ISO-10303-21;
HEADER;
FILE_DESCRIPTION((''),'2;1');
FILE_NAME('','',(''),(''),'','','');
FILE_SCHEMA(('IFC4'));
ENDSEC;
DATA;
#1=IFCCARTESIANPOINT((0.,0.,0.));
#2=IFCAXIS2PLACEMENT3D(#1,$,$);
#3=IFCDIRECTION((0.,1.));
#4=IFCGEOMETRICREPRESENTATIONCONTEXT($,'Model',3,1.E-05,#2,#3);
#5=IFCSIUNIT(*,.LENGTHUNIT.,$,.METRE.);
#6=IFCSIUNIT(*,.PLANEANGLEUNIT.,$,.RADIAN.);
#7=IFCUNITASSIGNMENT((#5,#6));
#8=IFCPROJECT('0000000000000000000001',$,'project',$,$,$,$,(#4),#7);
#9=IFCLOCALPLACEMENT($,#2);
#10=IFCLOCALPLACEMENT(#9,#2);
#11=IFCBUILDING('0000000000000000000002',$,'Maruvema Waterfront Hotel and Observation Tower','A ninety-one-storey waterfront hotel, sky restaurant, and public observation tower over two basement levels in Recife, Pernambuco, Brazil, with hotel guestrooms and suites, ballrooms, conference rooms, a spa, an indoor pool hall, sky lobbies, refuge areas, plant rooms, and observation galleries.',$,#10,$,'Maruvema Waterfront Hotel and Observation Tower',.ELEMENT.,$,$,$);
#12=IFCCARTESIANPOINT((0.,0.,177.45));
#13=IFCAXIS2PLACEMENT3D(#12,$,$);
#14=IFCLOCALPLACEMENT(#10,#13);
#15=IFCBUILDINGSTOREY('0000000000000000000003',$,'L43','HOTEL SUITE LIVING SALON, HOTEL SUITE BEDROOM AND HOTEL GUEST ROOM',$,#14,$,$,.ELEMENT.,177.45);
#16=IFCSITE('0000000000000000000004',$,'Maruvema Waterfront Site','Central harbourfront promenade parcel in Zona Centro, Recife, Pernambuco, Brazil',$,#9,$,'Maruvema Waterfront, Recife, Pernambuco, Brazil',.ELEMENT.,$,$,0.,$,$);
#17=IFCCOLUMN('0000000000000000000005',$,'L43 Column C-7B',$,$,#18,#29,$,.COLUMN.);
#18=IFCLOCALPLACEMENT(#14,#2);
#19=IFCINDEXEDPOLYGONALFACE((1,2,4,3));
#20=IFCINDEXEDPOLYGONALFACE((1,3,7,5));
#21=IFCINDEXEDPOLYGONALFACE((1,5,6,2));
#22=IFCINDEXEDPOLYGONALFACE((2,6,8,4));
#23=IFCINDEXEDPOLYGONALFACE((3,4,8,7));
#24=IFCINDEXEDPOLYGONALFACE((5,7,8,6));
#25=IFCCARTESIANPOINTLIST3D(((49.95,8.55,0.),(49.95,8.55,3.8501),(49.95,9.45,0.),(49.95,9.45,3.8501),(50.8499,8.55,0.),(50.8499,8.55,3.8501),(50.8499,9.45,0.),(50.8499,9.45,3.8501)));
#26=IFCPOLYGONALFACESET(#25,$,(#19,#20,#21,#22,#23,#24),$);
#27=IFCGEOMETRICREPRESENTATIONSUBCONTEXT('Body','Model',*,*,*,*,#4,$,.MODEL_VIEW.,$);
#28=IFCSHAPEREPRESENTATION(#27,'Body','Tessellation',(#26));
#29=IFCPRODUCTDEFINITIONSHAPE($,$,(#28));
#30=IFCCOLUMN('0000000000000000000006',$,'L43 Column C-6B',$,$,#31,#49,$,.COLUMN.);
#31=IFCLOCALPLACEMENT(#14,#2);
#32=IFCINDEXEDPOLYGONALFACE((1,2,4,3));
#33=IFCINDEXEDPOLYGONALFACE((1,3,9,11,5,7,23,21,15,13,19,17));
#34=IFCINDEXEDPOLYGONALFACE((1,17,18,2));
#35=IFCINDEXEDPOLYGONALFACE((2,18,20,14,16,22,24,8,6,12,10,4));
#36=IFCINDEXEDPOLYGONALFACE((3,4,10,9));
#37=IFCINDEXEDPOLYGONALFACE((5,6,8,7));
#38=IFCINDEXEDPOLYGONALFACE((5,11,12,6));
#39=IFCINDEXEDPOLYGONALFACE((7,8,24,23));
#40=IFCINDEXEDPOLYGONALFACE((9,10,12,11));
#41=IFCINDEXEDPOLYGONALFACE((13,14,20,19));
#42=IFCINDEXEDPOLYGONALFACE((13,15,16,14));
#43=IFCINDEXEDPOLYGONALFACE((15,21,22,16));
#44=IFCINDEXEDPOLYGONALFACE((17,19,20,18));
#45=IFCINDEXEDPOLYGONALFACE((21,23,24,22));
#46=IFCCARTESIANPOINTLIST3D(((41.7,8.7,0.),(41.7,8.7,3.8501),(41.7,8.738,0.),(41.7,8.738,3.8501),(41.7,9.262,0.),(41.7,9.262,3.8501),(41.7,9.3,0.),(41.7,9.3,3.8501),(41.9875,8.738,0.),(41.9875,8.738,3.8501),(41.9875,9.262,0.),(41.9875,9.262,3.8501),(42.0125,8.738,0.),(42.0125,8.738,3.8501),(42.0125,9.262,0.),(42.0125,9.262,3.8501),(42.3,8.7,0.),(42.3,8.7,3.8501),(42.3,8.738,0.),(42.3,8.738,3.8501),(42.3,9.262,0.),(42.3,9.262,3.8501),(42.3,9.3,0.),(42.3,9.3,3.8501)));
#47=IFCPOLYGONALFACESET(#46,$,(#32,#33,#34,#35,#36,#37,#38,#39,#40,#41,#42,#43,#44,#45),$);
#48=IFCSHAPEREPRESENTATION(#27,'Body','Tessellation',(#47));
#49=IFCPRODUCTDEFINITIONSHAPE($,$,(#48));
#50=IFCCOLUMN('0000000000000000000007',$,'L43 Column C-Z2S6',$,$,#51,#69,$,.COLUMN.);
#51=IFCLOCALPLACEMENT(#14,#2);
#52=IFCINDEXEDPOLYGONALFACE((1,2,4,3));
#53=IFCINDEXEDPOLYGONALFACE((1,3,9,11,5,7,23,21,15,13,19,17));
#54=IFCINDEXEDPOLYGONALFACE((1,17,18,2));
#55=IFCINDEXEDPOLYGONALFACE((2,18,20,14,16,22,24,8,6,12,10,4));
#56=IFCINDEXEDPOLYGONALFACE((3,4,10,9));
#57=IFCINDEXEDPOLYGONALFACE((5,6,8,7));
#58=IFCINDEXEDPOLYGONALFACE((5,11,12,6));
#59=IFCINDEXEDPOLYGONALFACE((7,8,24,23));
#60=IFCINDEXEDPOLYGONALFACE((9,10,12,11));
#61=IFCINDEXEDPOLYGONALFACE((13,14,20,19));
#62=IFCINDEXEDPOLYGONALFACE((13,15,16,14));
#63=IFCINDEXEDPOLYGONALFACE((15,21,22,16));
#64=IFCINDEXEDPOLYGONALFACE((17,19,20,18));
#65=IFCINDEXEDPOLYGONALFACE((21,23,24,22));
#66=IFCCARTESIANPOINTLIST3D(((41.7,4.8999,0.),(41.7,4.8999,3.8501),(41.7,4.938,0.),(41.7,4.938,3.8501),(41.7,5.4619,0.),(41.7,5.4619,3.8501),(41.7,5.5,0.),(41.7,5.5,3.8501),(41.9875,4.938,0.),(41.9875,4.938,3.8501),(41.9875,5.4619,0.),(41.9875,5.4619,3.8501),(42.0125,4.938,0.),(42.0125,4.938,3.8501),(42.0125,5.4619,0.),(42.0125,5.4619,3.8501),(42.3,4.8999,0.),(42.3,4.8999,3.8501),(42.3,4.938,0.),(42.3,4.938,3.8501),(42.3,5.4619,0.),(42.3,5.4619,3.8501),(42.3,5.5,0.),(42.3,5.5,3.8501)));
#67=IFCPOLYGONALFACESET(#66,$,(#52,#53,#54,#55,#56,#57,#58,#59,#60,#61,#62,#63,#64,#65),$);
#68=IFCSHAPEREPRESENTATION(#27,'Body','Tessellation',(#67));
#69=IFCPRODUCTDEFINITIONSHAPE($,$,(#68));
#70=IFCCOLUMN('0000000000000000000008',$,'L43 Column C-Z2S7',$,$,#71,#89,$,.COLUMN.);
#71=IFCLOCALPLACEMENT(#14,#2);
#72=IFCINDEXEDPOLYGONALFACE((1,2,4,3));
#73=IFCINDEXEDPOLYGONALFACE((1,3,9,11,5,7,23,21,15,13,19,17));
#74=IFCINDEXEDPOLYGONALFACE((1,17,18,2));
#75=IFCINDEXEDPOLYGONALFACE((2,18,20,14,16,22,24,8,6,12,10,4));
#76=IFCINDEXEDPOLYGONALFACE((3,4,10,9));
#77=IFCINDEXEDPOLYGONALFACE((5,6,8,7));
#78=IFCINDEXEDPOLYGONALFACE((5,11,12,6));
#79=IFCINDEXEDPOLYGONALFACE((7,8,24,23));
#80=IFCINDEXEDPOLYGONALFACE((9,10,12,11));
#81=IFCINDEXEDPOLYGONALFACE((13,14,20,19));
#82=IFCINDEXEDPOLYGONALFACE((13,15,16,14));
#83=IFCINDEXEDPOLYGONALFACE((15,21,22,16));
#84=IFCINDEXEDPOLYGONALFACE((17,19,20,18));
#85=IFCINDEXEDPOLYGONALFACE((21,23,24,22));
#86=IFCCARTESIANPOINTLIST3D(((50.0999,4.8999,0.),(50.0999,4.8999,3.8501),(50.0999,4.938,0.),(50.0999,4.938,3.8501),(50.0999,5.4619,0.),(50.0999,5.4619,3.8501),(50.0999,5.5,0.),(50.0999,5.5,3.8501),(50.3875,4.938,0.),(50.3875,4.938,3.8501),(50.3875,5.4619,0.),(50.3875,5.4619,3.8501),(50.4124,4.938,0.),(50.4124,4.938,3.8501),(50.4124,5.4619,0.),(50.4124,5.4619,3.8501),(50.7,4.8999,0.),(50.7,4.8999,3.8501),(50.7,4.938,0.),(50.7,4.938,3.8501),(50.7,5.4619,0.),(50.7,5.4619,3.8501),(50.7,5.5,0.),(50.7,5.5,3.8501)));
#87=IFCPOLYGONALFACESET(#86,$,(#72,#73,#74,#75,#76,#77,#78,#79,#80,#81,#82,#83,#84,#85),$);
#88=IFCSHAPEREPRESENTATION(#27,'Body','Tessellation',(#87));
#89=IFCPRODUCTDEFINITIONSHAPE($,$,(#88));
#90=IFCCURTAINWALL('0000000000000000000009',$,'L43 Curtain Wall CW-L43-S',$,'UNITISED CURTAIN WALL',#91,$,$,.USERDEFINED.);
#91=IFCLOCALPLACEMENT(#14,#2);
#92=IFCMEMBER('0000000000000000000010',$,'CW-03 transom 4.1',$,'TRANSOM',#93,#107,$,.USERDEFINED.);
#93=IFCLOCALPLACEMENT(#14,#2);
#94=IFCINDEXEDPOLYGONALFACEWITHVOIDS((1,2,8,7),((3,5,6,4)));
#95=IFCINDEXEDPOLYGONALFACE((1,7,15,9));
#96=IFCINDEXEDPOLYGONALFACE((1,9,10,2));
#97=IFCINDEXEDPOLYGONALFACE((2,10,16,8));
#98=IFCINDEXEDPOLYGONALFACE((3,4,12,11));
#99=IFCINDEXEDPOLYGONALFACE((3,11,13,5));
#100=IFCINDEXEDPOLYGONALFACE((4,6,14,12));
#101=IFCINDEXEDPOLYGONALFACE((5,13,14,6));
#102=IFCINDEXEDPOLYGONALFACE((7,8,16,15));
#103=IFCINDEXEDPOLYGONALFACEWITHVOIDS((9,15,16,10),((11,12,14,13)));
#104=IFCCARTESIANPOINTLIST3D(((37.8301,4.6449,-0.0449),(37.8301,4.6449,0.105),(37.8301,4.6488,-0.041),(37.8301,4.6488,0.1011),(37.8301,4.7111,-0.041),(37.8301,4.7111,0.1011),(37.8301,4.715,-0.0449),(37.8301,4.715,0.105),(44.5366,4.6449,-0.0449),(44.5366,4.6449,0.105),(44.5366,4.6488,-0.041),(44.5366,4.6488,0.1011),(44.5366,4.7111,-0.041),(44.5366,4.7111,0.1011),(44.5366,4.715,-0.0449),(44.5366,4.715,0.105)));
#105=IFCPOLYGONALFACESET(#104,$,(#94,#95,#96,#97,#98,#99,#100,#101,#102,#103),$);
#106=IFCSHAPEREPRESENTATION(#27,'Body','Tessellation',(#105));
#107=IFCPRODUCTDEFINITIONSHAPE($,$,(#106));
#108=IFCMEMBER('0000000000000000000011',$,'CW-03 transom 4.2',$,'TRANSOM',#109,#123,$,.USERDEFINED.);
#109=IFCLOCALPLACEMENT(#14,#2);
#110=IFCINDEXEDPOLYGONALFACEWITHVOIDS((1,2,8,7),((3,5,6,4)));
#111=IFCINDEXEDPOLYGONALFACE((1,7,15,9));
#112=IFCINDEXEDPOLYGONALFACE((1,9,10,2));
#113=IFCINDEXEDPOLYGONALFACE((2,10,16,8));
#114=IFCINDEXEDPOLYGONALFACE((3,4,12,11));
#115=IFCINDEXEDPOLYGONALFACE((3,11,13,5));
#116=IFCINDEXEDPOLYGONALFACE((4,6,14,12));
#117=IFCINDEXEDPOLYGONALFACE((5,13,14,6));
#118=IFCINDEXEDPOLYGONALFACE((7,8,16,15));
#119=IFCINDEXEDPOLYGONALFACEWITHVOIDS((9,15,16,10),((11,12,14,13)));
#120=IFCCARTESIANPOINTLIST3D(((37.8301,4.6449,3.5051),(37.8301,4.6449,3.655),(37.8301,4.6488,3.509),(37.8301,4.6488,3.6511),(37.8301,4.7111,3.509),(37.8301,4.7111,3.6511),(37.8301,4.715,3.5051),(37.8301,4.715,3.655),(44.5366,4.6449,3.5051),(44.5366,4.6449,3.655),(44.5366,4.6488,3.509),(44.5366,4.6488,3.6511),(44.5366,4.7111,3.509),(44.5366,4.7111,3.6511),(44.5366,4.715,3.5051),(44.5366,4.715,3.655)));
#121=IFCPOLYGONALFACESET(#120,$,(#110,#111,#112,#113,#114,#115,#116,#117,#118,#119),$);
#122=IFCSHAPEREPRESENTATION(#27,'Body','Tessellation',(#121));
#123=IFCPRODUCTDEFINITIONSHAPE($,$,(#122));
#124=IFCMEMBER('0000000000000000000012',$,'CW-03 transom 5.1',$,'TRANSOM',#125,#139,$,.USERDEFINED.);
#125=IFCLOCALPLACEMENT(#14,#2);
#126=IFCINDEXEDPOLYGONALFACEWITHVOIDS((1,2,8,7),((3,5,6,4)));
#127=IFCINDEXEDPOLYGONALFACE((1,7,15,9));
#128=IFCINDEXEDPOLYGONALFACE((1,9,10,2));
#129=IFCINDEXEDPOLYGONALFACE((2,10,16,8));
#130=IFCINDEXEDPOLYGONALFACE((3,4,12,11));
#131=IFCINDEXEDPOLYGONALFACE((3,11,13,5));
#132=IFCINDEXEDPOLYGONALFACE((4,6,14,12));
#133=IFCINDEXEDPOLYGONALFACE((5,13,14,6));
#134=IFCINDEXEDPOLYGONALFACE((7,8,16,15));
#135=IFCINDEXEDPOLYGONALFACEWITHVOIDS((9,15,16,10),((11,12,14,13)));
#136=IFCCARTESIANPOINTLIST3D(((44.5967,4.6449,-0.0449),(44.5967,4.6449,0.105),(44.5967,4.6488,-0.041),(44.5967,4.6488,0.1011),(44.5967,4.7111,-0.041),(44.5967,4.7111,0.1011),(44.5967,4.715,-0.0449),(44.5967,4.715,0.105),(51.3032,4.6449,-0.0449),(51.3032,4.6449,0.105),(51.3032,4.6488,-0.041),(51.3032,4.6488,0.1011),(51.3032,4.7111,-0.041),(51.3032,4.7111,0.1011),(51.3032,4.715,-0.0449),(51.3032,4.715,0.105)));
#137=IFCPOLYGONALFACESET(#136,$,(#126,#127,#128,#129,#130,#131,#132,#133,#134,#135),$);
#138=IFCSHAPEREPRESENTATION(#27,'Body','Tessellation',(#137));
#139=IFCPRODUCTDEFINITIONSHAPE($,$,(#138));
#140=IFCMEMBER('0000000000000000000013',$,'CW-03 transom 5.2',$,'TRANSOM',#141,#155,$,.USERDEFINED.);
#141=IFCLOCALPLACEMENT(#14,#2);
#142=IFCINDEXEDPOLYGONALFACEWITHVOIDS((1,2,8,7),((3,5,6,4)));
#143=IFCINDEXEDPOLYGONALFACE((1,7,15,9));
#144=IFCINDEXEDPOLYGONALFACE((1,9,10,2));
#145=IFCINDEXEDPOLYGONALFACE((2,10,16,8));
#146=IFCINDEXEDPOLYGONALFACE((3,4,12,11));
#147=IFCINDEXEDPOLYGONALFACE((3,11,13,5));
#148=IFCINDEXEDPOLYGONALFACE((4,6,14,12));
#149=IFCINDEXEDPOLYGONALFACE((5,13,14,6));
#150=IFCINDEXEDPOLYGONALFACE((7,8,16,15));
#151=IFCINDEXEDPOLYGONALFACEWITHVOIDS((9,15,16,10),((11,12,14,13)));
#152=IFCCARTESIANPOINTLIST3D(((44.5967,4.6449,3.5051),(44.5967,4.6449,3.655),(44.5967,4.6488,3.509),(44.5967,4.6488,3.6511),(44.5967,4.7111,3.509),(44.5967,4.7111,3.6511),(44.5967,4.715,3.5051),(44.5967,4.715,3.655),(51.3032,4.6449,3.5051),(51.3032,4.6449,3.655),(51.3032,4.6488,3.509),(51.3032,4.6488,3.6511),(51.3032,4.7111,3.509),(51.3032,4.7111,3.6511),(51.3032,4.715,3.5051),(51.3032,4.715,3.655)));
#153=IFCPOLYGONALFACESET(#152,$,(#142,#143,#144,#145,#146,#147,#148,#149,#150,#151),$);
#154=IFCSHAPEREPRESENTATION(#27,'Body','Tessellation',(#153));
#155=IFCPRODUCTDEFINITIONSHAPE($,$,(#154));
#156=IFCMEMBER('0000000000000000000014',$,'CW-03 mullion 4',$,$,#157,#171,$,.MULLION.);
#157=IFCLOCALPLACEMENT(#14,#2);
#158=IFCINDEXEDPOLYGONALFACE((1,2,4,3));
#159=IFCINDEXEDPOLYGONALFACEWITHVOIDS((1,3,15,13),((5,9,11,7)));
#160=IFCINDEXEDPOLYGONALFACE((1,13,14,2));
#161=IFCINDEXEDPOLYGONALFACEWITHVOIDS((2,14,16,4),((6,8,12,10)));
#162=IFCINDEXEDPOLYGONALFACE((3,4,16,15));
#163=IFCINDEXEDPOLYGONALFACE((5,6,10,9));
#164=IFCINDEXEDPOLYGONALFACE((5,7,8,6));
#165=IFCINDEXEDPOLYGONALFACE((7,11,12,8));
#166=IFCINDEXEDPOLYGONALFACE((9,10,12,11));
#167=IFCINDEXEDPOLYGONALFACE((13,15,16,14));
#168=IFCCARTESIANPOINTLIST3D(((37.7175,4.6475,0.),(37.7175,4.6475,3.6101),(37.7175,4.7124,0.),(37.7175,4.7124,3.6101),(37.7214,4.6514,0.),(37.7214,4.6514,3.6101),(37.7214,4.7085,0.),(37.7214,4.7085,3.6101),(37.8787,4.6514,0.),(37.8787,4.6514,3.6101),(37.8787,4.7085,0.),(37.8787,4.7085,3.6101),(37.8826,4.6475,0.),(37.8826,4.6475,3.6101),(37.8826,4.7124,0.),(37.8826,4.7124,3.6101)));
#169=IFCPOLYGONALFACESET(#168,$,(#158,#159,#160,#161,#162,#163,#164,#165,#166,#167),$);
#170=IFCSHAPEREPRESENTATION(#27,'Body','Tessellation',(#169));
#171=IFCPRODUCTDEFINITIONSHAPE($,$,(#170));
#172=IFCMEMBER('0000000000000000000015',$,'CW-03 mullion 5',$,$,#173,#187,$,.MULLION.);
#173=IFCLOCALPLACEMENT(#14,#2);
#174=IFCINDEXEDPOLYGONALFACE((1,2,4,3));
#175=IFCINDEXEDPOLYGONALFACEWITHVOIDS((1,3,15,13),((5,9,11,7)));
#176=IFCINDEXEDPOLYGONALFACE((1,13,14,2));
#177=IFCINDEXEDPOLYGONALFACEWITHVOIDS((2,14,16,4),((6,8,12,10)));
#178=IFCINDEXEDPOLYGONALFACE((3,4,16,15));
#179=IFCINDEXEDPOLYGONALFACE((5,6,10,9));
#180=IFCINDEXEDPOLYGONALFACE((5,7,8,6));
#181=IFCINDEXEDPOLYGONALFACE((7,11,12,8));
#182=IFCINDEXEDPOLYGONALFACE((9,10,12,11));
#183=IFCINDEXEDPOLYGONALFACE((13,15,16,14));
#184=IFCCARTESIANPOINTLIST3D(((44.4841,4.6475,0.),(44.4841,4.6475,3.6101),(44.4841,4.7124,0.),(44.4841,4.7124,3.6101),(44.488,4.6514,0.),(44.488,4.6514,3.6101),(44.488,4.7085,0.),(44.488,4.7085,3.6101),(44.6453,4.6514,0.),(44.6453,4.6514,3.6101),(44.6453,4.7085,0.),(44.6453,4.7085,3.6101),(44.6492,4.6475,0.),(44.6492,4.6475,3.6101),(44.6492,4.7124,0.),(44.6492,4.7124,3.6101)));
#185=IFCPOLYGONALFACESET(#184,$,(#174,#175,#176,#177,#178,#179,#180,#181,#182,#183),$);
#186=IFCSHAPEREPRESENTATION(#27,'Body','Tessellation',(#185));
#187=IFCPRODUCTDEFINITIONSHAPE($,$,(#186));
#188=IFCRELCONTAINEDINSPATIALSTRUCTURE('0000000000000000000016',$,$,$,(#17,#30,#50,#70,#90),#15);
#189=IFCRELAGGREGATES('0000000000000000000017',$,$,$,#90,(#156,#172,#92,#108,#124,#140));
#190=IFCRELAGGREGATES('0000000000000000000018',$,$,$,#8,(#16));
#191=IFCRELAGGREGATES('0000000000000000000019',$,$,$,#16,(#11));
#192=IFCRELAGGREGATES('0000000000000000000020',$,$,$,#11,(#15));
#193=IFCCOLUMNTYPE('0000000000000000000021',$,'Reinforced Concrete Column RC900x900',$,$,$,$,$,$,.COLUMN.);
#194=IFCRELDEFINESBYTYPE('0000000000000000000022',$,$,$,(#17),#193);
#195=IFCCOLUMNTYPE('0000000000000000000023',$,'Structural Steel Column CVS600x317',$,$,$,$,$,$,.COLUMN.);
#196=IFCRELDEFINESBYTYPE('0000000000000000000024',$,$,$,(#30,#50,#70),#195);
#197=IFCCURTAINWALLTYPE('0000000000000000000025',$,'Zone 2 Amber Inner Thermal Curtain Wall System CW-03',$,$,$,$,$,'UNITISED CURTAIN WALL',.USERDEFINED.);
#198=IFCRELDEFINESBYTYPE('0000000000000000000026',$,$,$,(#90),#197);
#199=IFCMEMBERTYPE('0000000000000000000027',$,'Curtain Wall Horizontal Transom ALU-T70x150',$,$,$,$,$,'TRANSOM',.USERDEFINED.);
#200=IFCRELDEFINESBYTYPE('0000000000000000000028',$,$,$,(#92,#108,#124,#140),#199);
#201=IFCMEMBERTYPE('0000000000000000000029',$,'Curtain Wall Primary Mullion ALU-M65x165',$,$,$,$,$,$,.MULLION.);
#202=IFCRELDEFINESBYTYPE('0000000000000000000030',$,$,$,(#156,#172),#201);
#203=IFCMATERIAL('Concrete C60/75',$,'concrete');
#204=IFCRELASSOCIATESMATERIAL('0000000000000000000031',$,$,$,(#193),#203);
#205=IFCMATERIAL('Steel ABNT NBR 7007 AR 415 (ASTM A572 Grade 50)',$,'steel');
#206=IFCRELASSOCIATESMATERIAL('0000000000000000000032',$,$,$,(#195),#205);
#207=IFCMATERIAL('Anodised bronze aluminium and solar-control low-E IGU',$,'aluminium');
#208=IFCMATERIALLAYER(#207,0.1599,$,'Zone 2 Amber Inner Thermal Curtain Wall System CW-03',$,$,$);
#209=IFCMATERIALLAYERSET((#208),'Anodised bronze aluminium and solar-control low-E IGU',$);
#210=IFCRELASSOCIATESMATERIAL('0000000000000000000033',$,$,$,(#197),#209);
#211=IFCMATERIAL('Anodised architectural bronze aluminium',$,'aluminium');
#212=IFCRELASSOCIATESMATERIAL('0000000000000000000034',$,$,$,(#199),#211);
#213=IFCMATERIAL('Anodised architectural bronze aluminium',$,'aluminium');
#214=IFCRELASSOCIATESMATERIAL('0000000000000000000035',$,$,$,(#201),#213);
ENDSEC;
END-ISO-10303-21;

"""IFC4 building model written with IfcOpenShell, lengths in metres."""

from ifc_helpers import new_model, si_unit, direction, frame, origin, origin_2d, place, context, subcontext, project, spatial, rectangle, hollow_rectangle, i_section, extrude, material, layer, layer_set, material_profile, profile_set, type_object, element, aggregate, save


model = new_model("IFC4")

# Units and contexts
model_context = context("Model", 3, precision=1e-05, world=origin(), true_north=direction((0.0, 1.0)))
body_context = subcontext(model_context, "Body", "Model", "MODEL_VIEW")
ifc_project = project(units=[si_unit("LENGTHUNIT", "METRE"), si_unit("PLANEANGLEUNIT", "RADIAN")], contexts=[model_context])

# Site, building, storey
site_placement = place(None, origin())
site = spatial("IfcSite", under=ifc_project, at=site_placement, Name="Maruvema Waterfront Site", Description="Central harbourfront promenade parcel in Zona Centro, Recife, Pernambuco, Brazil", LongName="Maruvema Waterfront, Recife, Pernambuco, Brazil", CompositionType="ELEMENT", RefElevation=0.0)
building_placement = place(site_placement, origin())
building = spatial("IfcBuilding", under=site, at=building_placement, Name="Maruvema Waterfront Hotel and Observation Tower", Description="A ninety-one-storey waterfront hotel, sky restaurant, and public observation tower over two basement levels in Recife, Pernambuco, Brazil, with hotel guestrooms and suites, ballrooms, conference rooms, a spa, an indoor pool hall, sky lobbies, refuge areas, plant rooms, and observation galleries.", LongName="Maruvema Waterfront Hotel and Observation Tower", CompositionType="ELEMENT")
storey_placement = place(building_placement, frame((0.0, 0.0, 177.45)))
storey = spatial("IfcBuildingStorey", under=building, at=storey_placement, Name="L43", Description="HOTEL SUITE LIVING SALON, HOTEL SUITE BEDROOM AND HOTEL GUEST ROOM", CompositionType="ELEMENT", Elevation=177.45)

# Columns
ifc_material_1 = material(Name="Concrete C60/75", Category="concrete")
ifc_material_profile_1 = material_profile(ifc_material_1, rectangle(XDim=0.8999, YDim=0.8999, at=origin_2d()), Name="RC900x900")
ifc_profile_set_1 = profile_set([ifc_material_profile_1], Name="Concrete C60/75")
column_type_1 = type_object("IfcColumnType", Name="Reinforced Concrete Column RC900x900", PredefinedType="COLUMN", material=ifc_profile_set_1)
column_placement = place(storey_placement, frame((50.3999, 9.0, 0.0), z_axis=(0.0, 0.0, 1.0), x_axis=(1.0, 0.0, 0.0)))
element("IfcColumn", 1, at=column_placement, inside=storey, type_object=column_type_1, Name="L43 Column C-7B", PredefinedType="COLUMN", context=body_context, shape_type="SweptSolid", body=[
    extrude(rectangle(XDim=0.8999, YDim=0.8999, at=origin_2d()), origin(), (0.0, 0.0, 1.0), 3.8501),
])
ifc_material_2 = material(Name="Steel ABNT NBR 7007 AR 415 (ASTM A572 Grade 50)", Category="steel")
ifc_material_profile_2 = material_profile(ifc_material_2, i_section(OverallWidth=0.6001, OverallDepth=0.6001, WebThickness=0.0249, FlangeThickness=0.0381, at=origin_2d()), Name="CVS600x317")
ifc_profile_set_2 = profile_set([ifc_material_profile_2], Name="Steel ABNT NBR 7007 AR 415 (ASTM A572 Grade 50)")
column_type_2 = type_object("IfcColumnType", Name="Structural Steel Column CVS600x317", PredefinedType="COLUMN", material=ifc_profile_set_2)
for number, where, z_axis, x_axis, name in (
    (2, (42.0, 9.0, 0.0), (0.0, 0.0, 1.0), (1.0, 0.0, 0.0), "L43 Column C-6B"),
    (3, (42.0, 5.2, 0.0), (0.0, 0.0, 1.0), (1.0, 0.0, 0.0), "L43 Column C-Z2S6"),
    (4, (50.3999, 5.2, 0.0), (0.0, 0.0, 1.0), (1.0, 0.0, 0.0), "L43 Column C-Z2S7"),
):
    element("IfcColumn", number, at=place(storey_placement, frame(where, z_axis=z_axis, x_axis=x_axis)), inside=storey, type_object=column_type_2, Name=name, PredefinedType="COLUMN", context=body_context, shape_type="SweptSolid", body=[
        extrude(i_section(OverallWidth=0.6001, OverallDepth=0.6001, WebThickness=0.0249, FlangeThickness=0.0381, at=origin_2d()), origin(), (0.0, 0.0, 1.0), 3.8501),
    ])

# Curtain wall, members
ifc_material_3 = material(Name="Anodised bronze aluminium and solar-control low-E IGU", Category="aluminium")
ifc_layer_1 = layer(ifc_material_3, 0.1599, Name="Zone 2 Amber Inner Thermal Curtain Wall System CW-03")
ifc_layer_set_1 = layer_set([ifc_layer_1], Name="Anodised bronze aluminium and solar-control low-E IGU")
curtain_wall_type = type_object("IfcCurtainWallType", Name="Zone 2 Amber Inner Thermal Curtain Wall System CW-03", ElementType="UNITISED CURTAIN WALL", PredefinedType="USERDEFINED", material=ifc_layer_set_1)
curtain_wall_placement = place(storey_placement, origin())
curtain_wall = element("IfcCurtainWall", 5, at=curtain_wall_placement, inside=storey, type_object=curtain_wall_type, Name="L43 Curtain Wall CW-L43-S", ObjectType="UNITISED CURTAIN WALL", PredefinedType="USERDEFINED")
ifc_material_4 = material(Name="Anodised architectural bronze aluminium", Category="aluminium")
ifc_material_profile_3 = material_profile(ifc_material_4, hollow_rectangle(XDim=0.0701, YDim=0.1499, WallThickness=0.0039, at=origin_2d()), Name="ALU-T70x150")
ifc_profile_set_3 = profile_set([ifc_material_profile_3], Name="Anodised architectural bronze aluminium")
member_type_1 = type_object("IfcMemberType", Name="Curtain Wall Horizontal Transom ALU-T70x150", ElementType="TRANSOM", PredefinedType="USERDEFINED", material=ifc_profile_set_3)
member_1_placement = place(storey_placement, frame((37.8301, 4.6799, 0.03), z_axis=(1.0, 0.0, 0.0), x_axis=(0.0, 1.0, 0.0)))
member_1 = element("IfcMember", 6, at=member_1_placement, type_object=member_type_1, Name="CW-03 transom 4.1", ObjectType="TRANSOM", PredefinedType="USERDEFINED", context=body_context, shape_type="SweptSolid", body=[
    extrude(hollow_rectangle(XDim=0.0701, YDim=0.1499, WallThickness=0.0039, at=origin_2d()), origin(), (0.0, 0.0, 1.0), 6.7065),
])
member_2_placement = place(storey_placement, frame((37.8301, 4.6799, 3.5801), z_axis=(1.0, 0.0, 0.0), x_axis=(0.0, 1.0, 0.0)))
member_2 = element("IfcMember", 7, at=member_2_placement, type_object=member_type_1, Name="CW-03 transom 4.2", ObjectType="TRANSOM", PredefinedType="USERDEFINED", context=body_context, shape_type="SweptSolid", body=[
    extrude(hollow_rectangle(XDim=0.0701, YDim=0.1499, WallThickness=0.0039, at=origin_2d()), origin(), (0.0, 0.0, 1.0), 6.7065),
])
member_3_placement = place(storey_placement, frame((44.5967, 4.6799, 0.03), z_axis=(1.0, 0.0, 0.0), x_axis=(0.0, 1.0, 0.0)))
member_3 = element("IfcMember", 8, at=member_3_placement, type_object=member_type_1, Name="CW-03 transom 5.1", ObjectType="TRANSOM", PredefinedType="USERDEFINED", context=body_context, shape_type="SweptSolid", body=[
    extrude(hollow_rectangle(XDim=0.0701, YDim=0.1499, WallThickness=0.0039, at=origin_2d()), origin(), (0.0, 0.0, 1.0), 6.7065),
])
member_4_placement = place(storey_placement, frame((44.5967, 4.6799, 3.5801), z_axis=(1.0, 0.0, 0.0), x_axis=(0.0, 1.0, 0.0)))
member_4 = element("IfcMember", 9, at=member_4_placement, type_object=member_type_1, Name="CW-03 transom 5.2", ObjectType="TRANSOM", PredefinedType="USERDEFINED", context=body_context, shape_type="SweptSolid", body=[
    extrude(hollow_rectangle(XDim=0.0701, YDim=0.1499, WallThickness=0.0039, at=origin_2d()), origin(), (0.0, 0.0, 1.0), 6.7065),
])
ifc_material_5 = material(Name="Anodised architectural bronze aluminium", Category="aluminium")
ifc_material_profile_4 = material_profile(ifc_material_5, hollow_rectangle(XDim=0.0649, YDim=0.165, WallThickness=0.0039, at=origin_2d()), Name="ALU-M65x165")
ifc_profile_set_4 = profile_set([ifc_material_profile_4], Name="Anodised architectural bronze aluminium")
member_type_2 = type_object("IfcMemberType", Name="Curtain Wall Primary Mullion ALU-M65x165", PredefinedType="MULLION", material=ifc_profile_set_4)
member_5_placement = place(storey_placement, frame((37.8, 4.6799, 0.0), z_axis=(0.0, 0.0, 1.0), x_axis=(0.0, 1.0, 0.0)))
member_5 = element("IfcMember", 10, at=member_5_placement, type_object=member_type_2, Name="CW-03 mullion 4", PredefinedType="MULLION", context=body_context, shape_type="SweptSolid", body=[
    extrude(hollow_rectangle(XDim=0.0649, YDim=0.165, WallThickness=0.0039, at=origin_2d()), origin(), (0.0, 0.0, 1.0), 3.6101),
])
member_6_placement = place(storey_placement, frame((44.5667, 4.6799, 0.0), z_axis=(0.0, 0.0, 1.0), x_axis=(0.0, 1.0, 0.0)))
member_6 = element("IfcMember", 11, at=member_6_placement, type_object=member_type_2, Name="CW-03 mullion 5", PredefinedType="MULLION", context=body_context, shape_type="SweptSolid", body=[
    extrude(hollow_rectangle(XDim=0.0649, YDim=0.165, WallThickness=0.0039, at=origin_2d()), origin(), (0.0, 0.0, 1.0), 3.6101),
])

aggregate(curtain_wall, [member_5, member_6, member_1, member_2, member_3, member_4])

save(model, "model.ifc")
